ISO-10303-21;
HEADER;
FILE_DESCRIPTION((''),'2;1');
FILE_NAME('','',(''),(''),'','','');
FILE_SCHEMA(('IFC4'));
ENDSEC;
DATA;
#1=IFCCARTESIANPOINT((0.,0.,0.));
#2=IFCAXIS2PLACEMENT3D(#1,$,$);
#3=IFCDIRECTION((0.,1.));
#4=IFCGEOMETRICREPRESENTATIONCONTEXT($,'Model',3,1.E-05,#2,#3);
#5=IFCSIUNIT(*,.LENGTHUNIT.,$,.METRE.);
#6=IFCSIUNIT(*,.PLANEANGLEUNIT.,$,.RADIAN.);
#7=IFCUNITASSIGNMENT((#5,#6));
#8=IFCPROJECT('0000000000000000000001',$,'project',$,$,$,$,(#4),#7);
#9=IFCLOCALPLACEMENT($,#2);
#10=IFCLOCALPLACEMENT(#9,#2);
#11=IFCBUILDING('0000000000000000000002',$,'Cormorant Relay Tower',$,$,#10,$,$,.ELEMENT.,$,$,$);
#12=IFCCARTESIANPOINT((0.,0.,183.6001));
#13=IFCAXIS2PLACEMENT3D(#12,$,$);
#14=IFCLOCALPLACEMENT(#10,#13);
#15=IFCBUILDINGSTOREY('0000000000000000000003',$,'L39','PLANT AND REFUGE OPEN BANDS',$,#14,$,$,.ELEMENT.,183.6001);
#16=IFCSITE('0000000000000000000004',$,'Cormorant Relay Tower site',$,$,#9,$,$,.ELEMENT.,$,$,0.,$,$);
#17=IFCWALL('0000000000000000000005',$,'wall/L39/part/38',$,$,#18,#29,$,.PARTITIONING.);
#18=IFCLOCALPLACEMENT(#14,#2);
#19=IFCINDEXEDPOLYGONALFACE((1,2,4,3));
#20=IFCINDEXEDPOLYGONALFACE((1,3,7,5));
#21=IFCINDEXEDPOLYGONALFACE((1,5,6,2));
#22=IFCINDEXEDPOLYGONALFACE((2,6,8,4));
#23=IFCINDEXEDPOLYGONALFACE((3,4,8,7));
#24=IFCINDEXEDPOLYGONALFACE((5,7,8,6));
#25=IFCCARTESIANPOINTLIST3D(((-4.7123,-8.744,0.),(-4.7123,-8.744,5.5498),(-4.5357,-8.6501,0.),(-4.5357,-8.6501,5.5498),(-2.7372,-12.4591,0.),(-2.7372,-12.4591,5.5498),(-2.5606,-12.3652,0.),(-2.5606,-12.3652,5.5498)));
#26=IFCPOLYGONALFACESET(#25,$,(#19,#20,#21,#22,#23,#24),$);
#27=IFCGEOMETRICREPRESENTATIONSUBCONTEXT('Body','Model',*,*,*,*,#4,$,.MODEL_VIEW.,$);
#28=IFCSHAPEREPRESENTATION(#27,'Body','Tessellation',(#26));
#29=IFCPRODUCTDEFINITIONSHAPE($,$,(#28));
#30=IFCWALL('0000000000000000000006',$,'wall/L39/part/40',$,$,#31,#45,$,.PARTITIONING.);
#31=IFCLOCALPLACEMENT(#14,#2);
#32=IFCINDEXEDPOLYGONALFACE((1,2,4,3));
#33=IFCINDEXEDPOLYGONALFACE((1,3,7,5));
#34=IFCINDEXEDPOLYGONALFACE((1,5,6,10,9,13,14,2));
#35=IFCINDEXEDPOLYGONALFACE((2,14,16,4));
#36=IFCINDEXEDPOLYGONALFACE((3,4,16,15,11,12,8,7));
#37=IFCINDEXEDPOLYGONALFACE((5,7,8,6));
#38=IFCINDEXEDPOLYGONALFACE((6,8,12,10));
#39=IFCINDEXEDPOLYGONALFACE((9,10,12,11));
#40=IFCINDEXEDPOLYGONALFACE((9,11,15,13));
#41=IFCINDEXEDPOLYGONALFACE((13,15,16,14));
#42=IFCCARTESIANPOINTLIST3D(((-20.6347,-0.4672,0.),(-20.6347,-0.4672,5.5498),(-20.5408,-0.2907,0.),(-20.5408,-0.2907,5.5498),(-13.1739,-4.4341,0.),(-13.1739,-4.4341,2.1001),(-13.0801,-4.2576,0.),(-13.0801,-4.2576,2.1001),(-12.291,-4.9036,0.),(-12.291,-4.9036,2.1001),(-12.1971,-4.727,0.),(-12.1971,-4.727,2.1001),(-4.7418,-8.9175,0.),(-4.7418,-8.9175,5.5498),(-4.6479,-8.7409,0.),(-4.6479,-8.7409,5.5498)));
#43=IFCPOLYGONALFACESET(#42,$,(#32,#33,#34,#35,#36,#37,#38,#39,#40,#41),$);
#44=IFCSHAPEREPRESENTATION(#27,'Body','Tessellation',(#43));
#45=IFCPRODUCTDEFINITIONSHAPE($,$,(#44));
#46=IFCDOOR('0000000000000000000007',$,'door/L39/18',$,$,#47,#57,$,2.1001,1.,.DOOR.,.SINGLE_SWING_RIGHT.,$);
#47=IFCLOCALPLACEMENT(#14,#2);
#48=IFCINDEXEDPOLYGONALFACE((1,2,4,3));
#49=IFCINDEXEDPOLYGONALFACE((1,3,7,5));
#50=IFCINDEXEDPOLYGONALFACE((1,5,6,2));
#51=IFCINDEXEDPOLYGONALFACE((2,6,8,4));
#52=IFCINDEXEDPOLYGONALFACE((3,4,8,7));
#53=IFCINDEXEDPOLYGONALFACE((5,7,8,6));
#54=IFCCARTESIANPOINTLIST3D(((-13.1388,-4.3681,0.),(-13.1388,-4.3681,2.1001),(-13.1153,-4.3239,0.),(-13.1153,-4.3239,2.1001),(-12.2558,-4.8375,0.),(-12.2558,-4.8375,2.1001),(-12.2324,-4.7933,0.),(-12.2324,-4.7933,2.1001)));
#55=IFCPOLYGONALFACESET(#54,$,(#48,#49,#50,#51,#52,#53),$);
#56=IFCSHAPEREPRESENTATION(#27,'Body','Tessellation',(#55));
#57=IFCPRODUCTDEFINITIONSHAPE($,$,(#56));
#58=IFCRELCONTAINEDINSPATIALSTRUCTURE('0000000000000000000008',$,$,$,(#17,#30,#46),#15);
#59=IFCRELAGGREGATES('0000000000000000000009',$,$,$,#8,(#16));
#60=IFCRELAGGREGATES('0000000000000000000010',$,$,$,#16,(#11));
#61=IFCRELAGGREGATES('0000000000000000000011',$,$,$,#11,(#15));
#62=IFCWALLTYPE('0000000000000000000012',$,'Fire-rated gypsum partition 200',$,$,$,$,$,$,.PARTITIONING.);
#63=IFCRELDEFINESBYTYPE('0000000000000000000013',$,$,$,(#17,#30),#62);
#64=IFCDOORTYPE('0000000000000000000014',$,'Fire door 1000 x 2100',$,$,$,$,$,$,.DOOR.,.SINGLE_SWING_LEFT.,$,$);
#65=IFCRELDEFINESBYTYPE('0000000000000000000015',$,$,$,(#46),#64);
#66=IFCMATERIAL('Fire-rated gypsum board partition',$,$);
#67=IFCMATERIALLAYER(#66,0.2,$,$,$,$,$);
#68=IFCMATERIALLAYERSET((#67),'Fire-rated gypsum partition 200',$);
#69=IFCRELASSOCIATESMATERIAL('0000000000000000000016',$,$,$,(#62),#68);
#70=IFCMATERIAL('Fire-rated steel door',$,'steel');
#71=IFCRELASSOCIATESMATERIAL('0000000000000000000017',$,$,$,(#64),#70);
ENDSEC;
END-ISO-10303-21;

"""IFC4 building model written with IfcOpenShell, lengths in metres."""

from ifc_helpers import new_model, si_unit, direction, frame, frame_2d, origin, place, context, subcontext, project, spatial, rectangle, extrude, material, layer, layer_set, type_object, element, fill, save


model = new_model("IFC4")

# Units and contexts
model_context = context("Model", 3, precision=1e-05, world=origin(), true_north=direction((0.0, 1.0)))
body_context = subcontext(model_context, "Body", "Model", "MODEL_VIEW")
ifc_project = project(units=[si_unit("LENGTHUNIT", "METRE"), si_unit("PLANEANGLEUNIT", "RADIAN")], contexts=[model_context])

# Site, building, storey
site_placement = place(None, origin())
site = spatial("IfcSite", under=ifc_project, at=site_placement, Name="Cormorant Relay Tower site", CompositionType="ELEMENT", RefElevation=0.0)
building_placement = place(site_placement, origin())
building = spatial("IfcBuilding", under=site, at=building_placement, Name="Cormorant Relay Tower", CompositionType="ELEMENT")
storey_placement = place(building_placement, frame((0.0, 0.0, 183.6001)))
storey = spatial("IfcBuildingStorey", under=building, at=storey_placement, Name="L39", Description="PLANT AND REFUGE OPEN BANDS", CompositionType="ELEMENT", Elevation=183.6001)

# Shared definitions
ifc_material_1 = material(Name="Fire-rated gypsum board partition")
ifc_layer_1 = layer(ifc_material_1, 0.2)
ifc_layer_set_1 = layer_set([ifc_layer_1], Name="Fire-rated gypsum partition 200")
wall_type = type_object("IfcWallType", Name="Fire-rated gypsum partition 200", PredefinedType="PARTITIONING", material=ifc_layer_set_1)
ifc_material_2 = material(Name="Fire-rated steel door", Category="steel")
door_type = type_object("IfcDoorType", Name="Fire door 1000 x 2100", OperationType="SINGLE_SWING_LEFT", PredefinedType="DOOR", material=ifc_material_2)

# Wall
wall_1_placement = place(storey_placement, frame((-4.624, -8.697, 0.0), z_axis=(0.0, 0.0, 1.0), x_axis=(0.469425, -0.882972, 0.0)))
element("IfcWall", 1, at=wall_1_placement, inside=storey, type_object=wall_type, Name="wall/L39/part/38", PredefinedType="PARTITIONING", context=body_context, shape_type="SweptSolid", body=[
    extrude(rectangle(XDim=4.2075, YDim=0.2, at=frame_2d((2.1038, 0.0))), origin(), (0.0, 0.0, 1.0), 5.5498),
])

# Wall, opening, door
wall_2_placement = place(storey_placement, frame((-20.5879, -0.3789, 0.0), z_axis=(0.0, 0.0, 1.0), x_axis=(0.882951, -0.469464, 0.0)))
wall_2 = element("IfcWall", 2, at=wall_2_placement, inside=storey, type_object=wall_type, Name="wall/L39/part/40", PredefinedType="PARTITIONING", context=body_context, shape_type="SweptSolid", body=[
    extrude(rectangle(XDim=17.9998, YDim=0.2, at=frame_2d((9.0, 0.0))), origin(), (0.0, 0.0, 1.0), 5.5498),
])
opening_1_placement = place(wall_2_placement, frame((8.45, 0.0, 0.0)))
opening_1 = element("IfcOpeningElement", 3, at=opening_1_placement, cuts=wall_2, PredefinedType="OPENING", context=body_context, shape_type="SweptSolid", body=[
    extrude(rectangle(XDim=1.0, YDim=2.1001, at=frame_2d((0.5, 1.05))), frame((0.0, 0.1099, 0.0), z_axis=(0.0, -1.0, 0.0), x_axis=(1.0, 0.0, 0.0)), (0.0, 0.0, 1.0), 0.22),
])
door_1_placement = place(opening_1_placement, origin())
door_1 = element("IfcDoor", 4, at=door_1_placement, inside=storey, type_object=door_type, Name="door/L39/18", OperationType="SINGLE_SWING_RIGHT", OverallHeight=2.1001, OverallWidth=1.0, PredefinedType="DOOR", context=body_context, shape_type="SweptSolid", body=[
    extrude(rectangle(XDim=1.0, YDim=2.1001, at=frame_2d((0.5, 1.05))), frame((0.0, 0.0249, 0.0), z_axis=(0.0, -1.0, 0.0), x_axis=(1.0, 0.0, 0.0)), (0.0, 0.0, 1.0), 0.05),
])
fill(opening_1, door_1)

save(model, "model.ifc")
